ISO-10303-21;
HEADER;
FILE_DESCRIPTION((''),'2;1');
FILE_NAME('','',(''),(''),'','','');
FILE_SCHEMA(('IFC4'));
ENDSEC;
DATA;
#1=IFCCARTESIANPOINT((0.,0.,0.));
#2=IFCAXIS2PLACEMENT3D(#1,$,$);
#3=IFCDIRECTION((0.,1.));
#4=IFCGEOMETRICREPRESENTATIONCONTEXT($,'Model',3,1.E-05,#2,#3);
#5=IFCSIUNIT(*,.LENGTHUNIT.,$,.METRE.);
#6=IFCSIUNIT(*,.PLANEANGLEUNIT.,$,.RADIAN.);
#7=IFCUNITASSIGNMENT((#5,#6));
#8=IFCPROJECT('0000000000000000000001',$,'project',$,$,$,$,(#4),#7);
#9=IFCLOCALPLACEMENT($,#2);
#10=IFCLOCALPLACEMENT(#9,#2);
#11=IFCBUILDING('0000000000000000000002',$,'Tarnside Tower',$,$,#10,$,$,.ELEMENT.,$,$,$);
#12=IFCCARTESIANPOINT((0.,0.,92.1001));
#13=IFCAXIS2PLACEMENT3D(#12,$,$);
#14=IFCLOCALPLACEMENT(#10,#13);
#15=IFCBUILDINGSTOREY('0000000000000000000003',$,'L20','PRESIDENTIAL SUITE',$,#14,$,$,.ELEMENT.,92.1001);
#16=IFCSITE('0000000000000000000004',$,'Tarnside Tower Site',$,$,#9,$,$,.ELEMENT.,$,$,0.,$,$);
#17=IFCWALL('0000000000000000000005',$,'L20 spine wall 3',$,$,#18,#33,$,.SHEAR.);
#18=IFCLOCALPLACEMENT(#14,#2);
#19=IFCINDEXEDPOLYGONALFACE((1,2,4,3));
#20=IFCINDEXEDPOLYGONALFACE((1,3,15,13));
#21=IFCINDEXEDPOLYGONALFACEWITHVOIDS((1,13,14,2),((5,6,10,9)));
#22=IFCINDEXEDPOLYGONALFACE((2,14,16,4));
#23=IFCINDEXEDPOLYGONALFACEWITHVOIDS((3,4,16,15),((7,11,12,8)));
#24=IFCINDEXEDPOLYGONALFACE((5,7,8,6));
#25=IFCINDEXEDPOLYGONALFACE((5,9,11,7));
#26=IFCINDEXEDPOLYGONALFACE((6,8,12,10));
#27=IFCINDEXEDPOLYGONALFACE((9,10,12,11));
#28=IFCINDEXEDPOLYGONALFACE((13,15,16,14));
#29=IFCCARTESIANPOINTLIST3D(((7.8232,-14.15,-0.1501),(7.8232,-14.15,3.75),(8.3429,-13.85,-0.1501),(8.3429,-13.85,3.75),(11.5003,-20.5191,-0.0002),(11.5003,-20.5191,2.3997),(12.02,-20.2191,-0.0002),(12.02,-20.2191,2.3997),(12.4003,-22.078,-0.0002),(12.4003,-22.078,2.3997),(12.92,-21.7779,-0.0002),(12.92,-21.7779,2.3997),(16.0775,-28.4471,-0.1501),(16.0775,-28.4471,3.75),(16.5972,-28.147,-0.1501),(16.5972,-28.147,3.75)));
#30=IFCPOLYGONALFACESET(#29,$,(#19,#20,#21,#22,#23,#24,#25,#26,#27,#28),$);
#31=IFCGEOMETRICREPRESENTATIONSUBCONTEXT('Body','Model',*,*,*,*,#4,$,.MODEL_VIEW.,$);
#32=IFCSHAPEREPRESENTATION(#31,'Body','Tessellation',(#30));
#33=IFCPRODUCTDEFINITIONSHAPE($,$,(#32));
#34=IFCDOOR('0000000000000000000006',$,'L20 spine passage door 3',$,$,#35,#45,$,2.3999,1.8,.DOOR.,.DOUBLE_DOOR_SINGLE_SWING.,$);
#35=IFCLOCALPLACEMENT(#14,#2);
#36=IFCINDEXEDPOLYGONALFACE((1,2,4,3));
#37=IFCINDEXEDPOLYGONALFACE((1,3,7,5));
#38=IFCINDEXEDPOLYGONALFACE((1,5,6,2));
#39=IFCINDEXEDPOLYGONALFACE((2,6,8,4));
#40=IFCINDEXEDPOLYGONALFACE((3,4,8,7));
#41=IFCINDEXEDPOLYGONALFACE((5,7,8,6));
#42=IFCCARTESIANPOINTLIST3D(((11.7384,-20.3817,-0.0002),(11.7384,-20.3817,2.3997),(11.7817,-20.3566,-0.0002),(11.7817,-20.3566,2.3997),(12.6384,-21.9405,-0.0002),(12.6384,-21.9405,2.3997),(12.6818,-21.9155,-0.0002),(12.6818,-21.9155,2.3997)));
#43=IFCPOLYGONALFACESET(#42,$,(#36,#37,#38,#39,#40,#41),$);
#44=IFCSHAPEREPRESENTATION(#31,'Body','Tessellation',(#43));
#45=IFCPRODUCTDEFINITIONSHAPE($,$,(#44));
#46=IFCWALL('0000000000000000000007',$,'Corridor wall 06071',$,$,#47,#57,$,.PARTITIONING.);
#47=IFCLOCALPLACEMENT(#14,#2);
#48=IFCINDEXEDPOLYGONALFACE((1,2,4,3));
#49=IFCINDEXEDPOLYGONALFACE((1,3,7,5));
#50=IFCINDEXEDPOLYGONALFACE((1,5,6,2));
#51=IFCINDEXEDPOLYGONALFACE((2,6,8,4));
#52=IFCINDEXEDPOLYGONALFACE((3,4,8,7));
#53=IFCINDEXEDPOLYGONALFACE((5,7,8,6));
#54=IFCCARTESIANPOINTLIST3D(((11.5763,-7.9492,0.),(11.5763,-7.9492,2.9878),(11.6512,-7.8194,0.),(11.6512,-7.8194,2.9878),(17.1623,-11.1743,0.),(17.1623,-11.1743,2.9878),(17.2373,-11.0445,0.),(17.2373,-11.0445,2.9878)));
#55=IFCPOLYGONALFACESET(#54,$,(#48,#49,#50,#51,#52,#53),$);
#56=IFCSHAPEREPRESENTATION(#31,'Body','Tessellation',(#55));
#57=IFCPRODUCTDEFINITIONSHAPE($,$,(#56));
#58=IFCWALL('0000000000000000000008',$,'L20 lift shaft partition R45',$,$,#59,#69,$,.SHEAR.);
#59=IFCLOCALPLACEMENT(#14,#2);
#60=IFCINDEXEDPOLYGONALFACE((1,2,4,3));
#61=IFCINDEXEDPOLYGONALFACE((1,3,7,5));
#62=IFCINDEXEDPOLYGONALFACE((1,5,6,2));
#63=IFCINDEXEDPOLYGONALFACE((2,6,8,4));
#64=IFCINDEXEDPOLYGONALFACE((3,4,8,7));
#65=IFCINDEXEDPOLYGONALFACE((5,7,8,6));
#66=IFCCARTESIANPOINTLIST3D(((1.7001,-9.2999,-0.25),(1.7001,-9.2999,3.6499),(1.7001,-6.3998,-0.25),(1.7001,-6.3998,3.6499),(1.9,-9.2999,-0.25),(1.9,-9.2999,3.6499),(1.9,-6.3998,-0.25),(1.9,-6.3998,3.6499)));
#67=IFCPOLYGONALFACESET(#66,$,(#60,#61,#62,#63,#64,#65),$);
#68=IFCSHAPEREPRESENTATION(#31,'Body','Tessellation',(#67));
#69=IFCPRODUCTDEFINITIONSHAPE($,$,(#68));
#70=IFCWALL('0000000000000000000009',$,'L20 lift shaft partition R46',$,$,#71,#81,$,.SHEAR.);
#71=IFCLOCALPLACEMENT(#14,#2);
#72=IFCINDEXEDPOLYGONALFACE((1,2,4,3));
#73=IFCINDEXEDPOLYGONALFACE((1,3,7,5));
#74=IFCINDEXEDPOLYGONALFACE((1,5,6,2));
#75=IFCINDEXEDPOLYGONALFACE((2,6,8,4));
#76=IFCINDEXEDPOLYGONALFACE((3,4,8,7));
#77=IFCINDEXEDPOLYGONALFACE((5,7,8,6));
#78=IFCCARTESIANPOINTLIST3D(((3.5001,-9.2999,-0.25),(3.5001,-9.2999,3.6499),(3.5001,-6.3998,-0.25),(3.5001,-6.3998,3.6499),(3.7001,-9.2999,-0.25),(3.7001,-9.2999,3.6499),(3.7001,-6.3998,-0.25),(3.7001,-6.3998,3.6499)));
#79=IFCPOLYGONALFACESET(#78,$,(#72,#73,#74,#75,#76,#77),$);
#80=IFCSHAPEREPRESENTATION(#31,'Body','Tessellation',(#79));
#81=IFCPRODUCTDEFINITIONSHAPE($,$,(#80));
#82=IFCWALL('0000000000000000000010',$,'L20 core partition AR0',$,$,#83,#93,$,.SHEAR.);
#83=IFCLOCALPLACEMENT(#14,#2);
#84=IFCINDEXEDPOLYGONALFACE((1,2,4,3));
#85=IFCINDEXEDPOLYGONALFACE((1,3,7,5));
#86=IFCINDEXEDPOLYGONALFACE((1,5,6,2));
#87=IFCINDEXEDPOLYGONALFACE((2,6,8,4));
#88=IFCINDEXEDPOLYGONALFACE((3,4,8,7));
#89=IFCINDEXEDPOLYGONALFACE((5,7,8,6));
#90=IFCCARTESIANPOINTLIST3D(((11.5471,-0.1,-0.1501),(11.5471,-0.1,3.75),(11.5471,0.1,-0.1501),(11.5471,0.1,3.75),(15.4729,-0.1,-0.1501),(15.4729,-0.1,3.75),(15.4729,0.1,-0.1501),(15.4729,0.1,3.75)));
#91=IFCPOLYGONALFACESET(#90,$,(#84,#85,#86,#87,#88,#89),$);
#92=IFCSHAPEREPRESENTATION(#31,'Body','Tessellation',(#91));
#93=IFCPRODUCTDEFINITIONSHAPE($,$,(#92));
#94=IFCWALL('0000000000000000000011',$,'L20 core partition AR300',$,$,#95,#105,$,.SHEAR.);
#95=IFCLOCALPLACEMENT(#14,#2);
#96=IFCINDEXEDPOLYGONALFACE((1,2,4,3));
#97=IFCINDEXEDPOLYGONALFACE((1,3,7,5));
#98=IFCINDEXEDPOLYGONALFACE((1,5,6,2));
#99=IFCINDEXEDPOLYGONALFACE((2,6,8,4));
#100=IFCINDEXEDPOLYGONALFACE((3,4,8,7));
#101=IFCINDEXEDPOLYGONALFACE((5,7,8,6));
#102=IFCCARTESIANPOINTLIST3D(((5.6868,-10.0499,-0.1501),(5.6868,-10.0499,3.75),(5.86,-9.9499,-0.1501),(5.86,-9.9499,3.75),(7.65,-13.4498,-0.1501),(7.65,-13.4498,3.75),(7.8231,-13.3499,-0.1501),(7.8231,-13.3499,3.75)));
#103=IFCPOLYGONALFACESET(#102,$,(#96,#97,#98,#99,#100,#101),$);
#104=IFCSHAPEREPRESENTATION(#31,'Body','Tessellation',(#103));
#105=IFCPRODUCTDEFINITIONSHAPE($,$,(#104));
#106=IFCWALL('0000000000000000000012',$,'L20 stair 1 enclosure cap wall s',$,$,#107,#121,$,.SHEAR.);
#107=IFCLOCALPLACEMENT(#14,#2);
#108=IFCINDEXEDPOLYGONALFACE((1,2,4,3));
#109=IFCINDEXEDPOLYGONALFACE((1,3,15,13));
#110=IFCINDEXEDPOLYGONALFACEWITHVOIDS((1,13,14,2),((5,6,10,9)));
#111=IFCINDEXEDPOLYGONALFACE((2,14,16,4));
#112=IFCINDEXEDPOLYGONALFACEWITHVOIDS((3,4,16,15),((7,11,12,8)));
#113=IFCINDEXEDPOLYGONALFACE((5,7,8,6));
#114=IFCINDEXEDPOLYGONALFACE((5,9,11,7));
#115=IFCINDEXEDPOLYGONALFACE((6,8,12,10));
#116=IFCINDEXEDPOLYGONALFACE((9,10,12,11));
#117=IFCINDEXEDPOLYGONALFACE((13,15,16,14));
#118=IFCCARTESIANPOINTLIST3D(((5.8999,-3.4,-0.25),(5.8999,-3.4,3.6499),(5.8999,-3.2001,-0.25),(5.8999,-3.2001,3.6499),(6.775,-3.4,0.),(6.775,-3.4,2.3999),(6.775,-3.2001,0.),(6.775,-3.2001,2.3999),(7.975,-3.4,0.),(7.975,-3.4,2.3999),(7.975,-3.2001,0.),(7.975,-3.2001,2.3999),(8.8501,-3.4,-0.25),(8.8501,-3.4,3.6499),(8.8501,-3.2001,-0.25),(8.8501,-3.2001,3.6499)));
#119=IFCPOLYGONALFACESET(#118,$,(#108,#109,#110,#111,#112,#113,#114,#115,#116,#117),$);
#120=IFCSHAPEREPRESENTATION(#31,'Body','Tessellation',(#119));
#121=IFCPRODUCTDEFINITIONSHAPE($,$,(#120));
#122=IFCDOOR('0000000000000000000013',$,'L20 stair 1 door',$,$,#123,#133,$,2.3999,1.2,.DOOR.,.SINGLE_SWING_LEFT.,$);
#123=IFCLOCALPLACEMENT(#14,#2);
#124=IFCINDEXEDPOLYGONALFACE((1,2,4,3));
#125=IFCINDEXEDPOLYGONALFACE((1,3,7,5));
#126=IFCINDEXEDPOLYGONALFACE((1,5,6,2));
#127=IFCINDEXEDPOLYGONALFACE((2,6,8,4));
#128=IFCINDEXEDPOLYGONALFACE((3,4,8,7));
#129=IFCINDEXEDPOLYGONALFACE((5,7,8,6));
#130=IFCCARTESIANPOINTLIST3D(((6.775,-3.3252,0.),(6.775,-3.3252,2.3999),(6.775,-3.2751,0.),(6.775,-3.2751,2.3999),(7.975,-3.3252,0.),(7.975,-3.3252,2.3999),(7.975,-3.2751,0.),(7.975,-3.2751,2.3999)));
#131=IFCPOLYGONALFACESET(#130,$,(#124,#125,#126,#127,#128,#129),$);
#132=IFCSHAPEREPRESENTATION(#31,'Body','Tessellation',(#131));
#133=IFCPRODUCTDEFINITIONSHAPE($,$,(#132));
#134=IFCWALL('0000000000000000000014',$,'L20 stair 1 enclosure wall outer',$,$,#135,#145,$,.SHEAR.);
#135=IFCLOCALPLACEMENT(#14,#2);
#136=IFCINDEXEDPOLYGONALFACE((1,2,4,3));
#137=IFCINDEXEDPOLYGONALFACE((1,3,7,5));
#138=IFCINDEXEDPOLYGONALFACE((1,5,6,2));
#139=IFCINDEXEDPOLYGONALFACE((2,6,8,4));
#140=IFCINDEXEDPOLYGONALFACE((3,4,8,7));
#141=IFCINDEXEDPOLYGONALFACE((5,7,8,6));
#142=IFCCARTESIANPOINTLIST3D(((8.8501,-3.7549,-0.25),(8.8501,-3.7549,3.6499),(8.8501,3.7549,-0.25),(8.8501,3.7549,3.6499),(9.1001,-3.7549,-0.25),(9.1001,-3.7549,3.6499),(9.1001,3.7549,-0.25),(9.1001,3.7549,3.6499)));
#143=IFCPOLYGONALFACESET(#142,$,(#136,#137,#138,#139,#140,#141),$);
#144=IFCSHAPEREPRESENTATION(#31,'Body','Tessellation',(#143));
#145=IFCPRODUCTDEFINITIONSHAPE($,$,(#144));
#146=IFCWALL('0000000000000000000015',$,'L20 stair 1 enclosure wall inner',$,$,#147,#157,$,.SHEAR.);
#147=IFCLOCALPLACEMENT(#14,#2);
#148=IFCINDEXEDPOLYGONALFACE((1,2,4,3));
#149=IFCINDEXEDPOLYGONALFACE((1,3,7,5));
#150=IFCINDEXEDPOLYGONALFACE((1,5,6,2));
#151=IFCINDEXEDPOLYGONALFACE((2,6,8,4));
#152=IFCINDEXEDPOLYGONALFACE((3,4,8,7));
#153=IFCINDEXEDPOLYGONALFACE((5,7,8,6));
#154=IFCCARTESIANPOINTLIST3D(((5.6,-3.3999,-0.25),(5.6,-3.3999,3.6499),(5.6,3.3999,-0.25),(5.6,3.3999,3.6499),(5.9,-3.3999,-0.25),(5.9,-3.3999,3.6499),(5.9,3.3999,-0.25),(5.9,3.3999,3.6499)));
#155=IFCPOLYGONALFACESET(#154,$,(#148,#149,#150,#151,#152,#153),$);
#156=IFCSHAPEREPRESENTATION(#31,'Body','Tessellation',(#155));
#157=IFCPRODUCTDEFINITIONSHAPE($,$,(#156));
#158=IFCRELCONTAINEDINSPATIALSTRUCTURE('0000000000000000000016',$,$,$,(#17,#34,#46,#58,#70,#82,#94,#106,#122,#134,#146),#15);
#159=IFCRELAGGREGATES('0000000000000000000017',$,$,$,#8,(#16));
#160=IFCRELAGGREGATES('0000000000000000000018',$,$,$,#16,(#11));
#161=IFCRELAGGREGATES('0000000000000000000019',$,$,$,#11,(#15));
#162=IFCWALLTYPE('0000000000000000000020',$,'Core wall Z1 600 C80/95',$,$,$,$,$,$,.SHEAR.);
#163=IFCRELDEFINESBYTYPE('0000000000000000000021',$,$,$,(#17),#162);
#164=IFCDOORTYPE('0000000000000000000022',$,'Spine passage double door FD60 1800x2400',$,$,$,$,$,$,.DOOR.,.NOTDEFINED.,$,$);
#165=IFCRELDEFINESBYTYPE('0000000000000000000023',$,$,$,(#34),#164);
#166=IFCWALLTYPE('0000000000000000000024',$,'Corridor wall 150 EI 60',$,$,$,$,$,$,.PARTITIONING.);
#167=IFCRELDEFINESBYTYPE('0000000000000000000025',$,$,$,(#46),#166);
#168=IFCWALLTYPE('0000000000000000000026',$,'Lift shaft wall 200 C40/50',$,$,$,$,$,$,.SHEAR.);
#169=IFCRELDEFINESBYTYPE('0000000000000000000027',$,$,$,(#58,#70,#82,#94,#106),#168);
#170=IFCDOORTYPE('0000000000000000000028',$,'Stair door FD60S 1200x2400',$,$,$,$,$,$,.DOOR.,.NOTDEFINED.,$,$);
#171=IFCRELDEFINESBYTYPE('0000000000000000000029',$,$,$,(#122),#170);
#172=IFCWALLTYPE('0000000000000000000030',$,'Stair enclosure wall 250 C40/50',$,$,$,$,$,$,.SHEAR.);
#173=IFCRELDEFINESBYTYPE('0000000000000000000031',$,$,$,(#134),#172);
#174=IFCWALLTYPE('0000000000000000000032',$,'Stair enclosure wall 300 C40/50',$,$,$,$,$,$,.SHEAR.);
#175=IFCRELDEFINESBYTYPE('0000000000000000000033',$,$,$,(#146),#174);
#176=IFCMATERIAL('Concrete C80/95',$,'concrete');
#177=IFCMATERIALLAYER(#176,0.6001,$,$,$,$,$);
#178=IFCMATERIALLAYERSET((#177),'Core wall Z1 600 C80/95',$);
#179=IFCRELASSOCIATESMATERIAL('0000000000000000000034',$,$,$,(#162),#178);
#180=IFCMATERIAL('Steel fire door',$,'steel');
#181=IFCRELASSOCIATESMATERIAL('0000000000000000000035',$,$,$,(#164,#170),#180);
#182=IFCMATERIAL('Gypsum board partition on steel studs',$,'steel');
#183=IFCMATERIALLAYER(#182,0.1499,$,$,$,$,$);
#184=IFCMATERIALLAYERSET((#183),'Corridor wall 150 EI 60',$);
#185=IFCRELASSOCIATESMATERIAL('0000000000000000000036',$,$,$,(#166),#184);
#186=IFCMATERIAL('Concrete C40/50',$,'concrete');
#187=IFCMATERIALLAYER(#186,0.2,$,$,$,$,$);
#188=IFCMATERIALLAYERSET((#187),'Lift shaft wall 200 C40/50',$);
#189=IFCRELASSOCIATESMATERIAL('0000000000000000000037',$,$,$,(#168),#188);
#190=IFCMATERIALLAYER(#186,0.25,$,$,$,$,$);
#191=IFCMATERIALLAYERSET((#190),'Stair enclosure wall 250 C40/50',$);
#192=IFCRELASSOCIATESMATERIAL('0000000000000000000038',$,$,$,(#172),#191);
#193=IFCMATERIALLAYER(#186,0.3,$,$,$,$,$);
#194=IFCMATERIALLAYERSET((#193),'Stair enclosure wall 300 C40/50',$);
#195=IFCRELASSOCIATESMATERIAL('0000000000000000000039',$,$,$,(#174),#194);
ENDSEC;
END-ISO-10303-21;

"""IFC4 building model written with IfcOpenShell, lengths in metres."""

from ifc_helpers import new_model, si_unit, direction, frame, frame_2d, origin, place, context, subcontext, project, spatial, rectangle, extrude, material, layer, layer_set, type_object, element, fill, save


model = new_model("IFC4")

# Units and contexts
model_context = context("Model", 3, precision=1e-05, world=origin(), true_north=direction((0.0, 1.0)))
body_context = subcontext(model_context, "Body", "Model", "MODEL_VIEW")
ifc_project = project(units=[si_unit("LENGTHUNIT", "METRE"), si_unit("PLANEANGLEUNIT", "RADIAN")], contexts=[model_context])

# Site, building, storey
site_placement = place(None, origin())
site = spatial("IfcSite", under=ifc_project, at=site_placement, Name="Tarnside Tower Site", CompositionType="ELEMENT", RefElevation=0.0)
building_placement = place(site_placement, origin())
building = spatial("IfcBuilding", under=site, at=building_placement, Name="Tarnside Tower", CompositionType="ELEMENT")
storey_placement = place(building_placement, frame((0.0, 0.0, 92.1001)))
storey = spatial("IfcBuildingStorey", under=building, at=storey_placement, Name="L20", Description="PRESIDENTIAL SUITE", CompositionType="ELEMENT", Elevation=92.1001)

# Shared definitions
ifc_material_1 = material(Name="Concrete C40/50", Category="concrete")

# Wall, opening, door
ifc_material_2 = material(Name="Steel fire door", Category="steel")
ifc_material_3 = material(Name="Concrete C80/95", Category="concrete")
ifc_layer_1 = layer(ifc_material_3, 0.6001)
ifc_layer_set_1 = layer_set([ifc_layer_1], Name="Core wall Z1 600 C80/95")
wall_type_1 = type_object("IfcWallType", Name="Core wall Z1 600 C80/95", PredefinedType="SHEAR", material=ifc_layer_set_1)
wall_1_placement = place(storey_placement, frame((8.083, -14.0, -0.1501), z_axis=(0.0, 0.0, 1.0), x_axis=(0.499998, -0.866027, 0.0)))
wall_1 = element("IfcWall", 1, at=wall_1_placement, inside=storey, type_object=wall_type_1, Name="L20 spine wall 3", PredefinedType="SHEAR", context=body_context, shape_type="SweptSolid", body=[
    extrude(rectangle(XDim=16.5088, YDim=0.6001, at=frame_2d((8.2544, 0.0))), origin(), (0.0, 0.0, 1.0), 3.9001),
])
opening_1_placement = place(wall_1_placement, frame((7.3545, 0.0, 0.1499)))
opening_1 = element("IfcOpeningElement", 2, at=opening_1_placement, cuts=wall_1, PredefinedType="OPENING", context=body_context, shape_type="SweptSolid", body=[
    extrude(rectangle(XDim=1.8, YDim=2.3999, at=frame_2d((0.8999, 1.2))), frame((0.0, 0.3101, 0.0), z_axis=(0.0, -1.0, 0.0), x_axis=(1.0, 0.0, 0.0)), (0.0, 0.0, 1.0), 0.6201),
])
door_type_1 = type_object("IfcDoorType", Name="Spine passage double door FD60 1800x2400", OperationType="NOTDEFINED", PredefinedType="DOOR", material=ifc_material_2)
door_1_placement = place(opening_1_placement, origin())
door_1 = element("IfcDoor", 3, at=door_1_placement, inside=storey, type_object=door_type_1, Name="L20 spine passage door 3", OperationType="DOUBLE_DOOR_SINGLE_SWING", OverallHeight=2.3999, OverallWidth=1.8, PredefinedType="DOOR", context=body_context, shape_type="SweptSolid", body=[
    extrude(rectangle(XDim=1.8, YDim=2.3999, at=frame_2d((0.8999, 1.2))), frame((0.0, 0.0249, 0.0), z_axis=(0.0, -1.0, 0.0), x_axis=(1.0, 0.0, 0.0)), (0.0, 0.0, 1.0), 0.05),
])
fill(opening_1, door_1)

# Walls
ifc_material_4 = material(Name="Gypsum board partition on steel studs", Category="steel")
ifc_layer_2 = layer(ifc_material_4, 0.1499)
ifc_layer_set_2 = layer_set([ifc_layer_2], Name="Corridor wall 150 EI 60")
wall_type_2 = type_object("IfcWallType", Name="Corridor wall 150 EI 60", PredefinedType="PARTITIONING", material=ifc_layer_set_2)
wall_2_placement = place(storey_placement, frame((11.6138, -7.8843, 0.0), z_axis=(0.0, 0.0, 1.0), x_axis=(0.866022, -0.500006, 0.0)))
element("IfcWall", 4, at=wall_2_placement, inside=storey, type_object=wall_type_2, Name="Corridor wall 06071", PredefinedType="PARTITIONING", context=body_context, shape_type="SweptSolid", body=[
    extrude(rectangle(XDim=6.4502, YDim=0.1499, at=frame_2d((3.2251, 0.0))), origin(), (0.0, 0.0, 1.0), 2.9878),
])
ifc_layer_3 = layer(ifc_material_1, 0.2)
ifc_layer_set_3 = layer_set([ifc_layer_3], Name="Lift shaft wall 200 C40/50")
wall_type_3 = type_object("IfcWallType", Name="Lift shaft wall 200 C40/50", PredefinedType="SHEAR", material=ifc_layer_set_3)
for number, where, z_axis, x_axis, name in (
    (5, (1.8, -9.3, -0.25), (0.0, 0.0, 1.0), (0.0, 1.0, 0.0), "L20 lift shaft partition R45"),
    (6, (3.6001, -9.3, -0.25), (0.0, 0.0, 1.0), (0.0, 1.0, 0.0), "L20 lift shaft partition R46"),
):
    element("IfcWall", number, at=place(storey_placement, frame(where, z_axis=z_axis, x_axis=x_axis)), inside=storey, type_object=wall_type_3, Name=name, PredefinedType="SHEAR", context=body_context, shape_type="SweptSolid", body=[
        extrude(rectangle(XDim=2.9001, YDim=0.2, at=frame_2d((1.4502, 0.0))), origin(), (0.0, 0.0, 1.0), 3.8999),
    ])
wall_3_placement = place(storey_placement, frame((11.5471, 0.0, -0.1501), z_axis=(0.0, 0.0, 1.0), x_axis=(1.0, 0.0, 0.0)))
element("IfcWall", 7, at=wall_3_placement, inside=storey, type_object=wall_type_3, Name="L20 core partition AR0", PredefinedType="SHEAR", context=body_context, shape_type="SweptSolid", body=[
    extrude(rectangle(XDim=3.9258, YDim=0.2, at=frame_2d((1.9629, 0.0))), origin(), (0.0, 0.0, 1.0), 3.9001),
])
wall_4_placement = place(storey_placement, frame((5.7734, -10.0, -0.1501), z_axis=(0.0, 0.0, 1.0), x_axis=(0.500038, -0.866003, 0.0)))
element("IfcWall", 8, at=wall_4_placement, inside=storey, type_object=wall_type_3, Name="L20 core partition AR300", PredefinedType="SHEAR", context=body_context, shape_type="SweptSolid", body=[
    extrude(rectangle(XDim=3.926, YDim=0.2, at=frame_2d((1.9629, 0.0))), origin(), (0.0, 0.0, 1.0), 3.9001),
])

# Wall, opening, door
wall_5_placement = place(storey_placement, frame((5.8999, -3.3, -0.25), z_axis=(0.0, 0.0, 1.0), x_axis=(1.0, 0.0, 0.0)))
wall_5 = element("IfcWall", 9, at=wall_5_placement, inside=storey, type_object=wall_type_3, Name="L20 stair 1 enclosure cap wall s", PredefinedType="SHEAR", context=body_context, shape_type="SweptSolid", body=[
    extrude(rectangle(XDim=2.9502, YDim=0.2, at=frame_2d((1.4751, 0.0))), origin(), (0.0, 0.0, 1.0), 3.8999),
])
opening_2_placement = place(wall_5_placement, frame((0.875, 0.0, 0.25)))
opening_2 = element("IfcOpeningElement", 10, at=opening_2_placement, cuts=wall_5, PredefinedType="OPENING", context=body_context, shape_type="SweptSolid", body=[
    extrude(rectangle(XDim=1.2, YDim=2.3999, at=frame_2d((0.6001, 1.2))), frame((0.0, 0.1099, 0.0), z_axis=(0.0, -1.0, 0.0), x_axis=(1.0, 0.0, 0.0)), (0.0, 0.0, 1.0), 0.22),
])
door_type_2 = type_object("IfcDoorType", Name="Stair door FD60S 1200x2400", OperationType="NOTDEFINED", PredefinedType="DOOR", material=ifc_material_2)
door_2_placement = place(opening_2_placement, origin())
door_2 = element("IfcDoor", 11, at=door_2_placement, inside=storey, type_object=door_type_2, Name="L20 stair 1 door", OperationType="SINGLE_SWING_LEFT", OverallHeight=2.3999, OverallWidth=1.2, PredefinedType="DOOR", context=body_context, shape_type="SweptSolid", body=[
    extrude(rectangle(XDim=1.2, YDim=2.3999, at=frame_2d((0.6001, 1.2))), frame((0.0, 0.0249, 0.0), z_axis=(0.0, -1.0, 0.0), x_axis=(1.0, 0.0, 0.0)), (0.0, 0.0, 1.0), 0.05),
])
fill(opening_2, door_2)

# Walls
ifc_layer_4 = layer(ifc_material_1, 0.25)
ifc_layer_set_4 = layer_set([ifc_layer_4], Name="Stair enclosure wall 250 C40/50")
wall_type_4 = type_object("IfcWallType", Name="Stair enclosure wall 250 C40/50", PredefinedType="SHEAR", material=ifc_layer_set_4)
wall_6_placement = place(storey_placement, frame((8.9751, -3.7549, -0.25), z_axis=(0.0, 0.0, 1.0), x_axis=(0.0, 1.0, 0.0)))
element("IfcWall", 12, at=wall_6_placement, inside=storey, type_object=wall_type_4, Name="L20 stair 1 enclosure wall outer", PredefinedType="SHEAR", context=body_context, shape_type="SweptSolid", body=[
    extrude(rectangle(XDim=7.5098, YDim=0.25, at=frame_2d((3.7549, 0.0))), origin(), (0.0, 0.0, 1.0), 3.8999),
])
ifc_layer_5 = layer(ifc_material_1, 0.3)
ifc_layer_set_5 = layer_set([ifc_layer_5], Name="Stair enclosure wall 300 C40/50")
wall_type_5 = type_object("IfcWallType", Name="Stair enclosure wall 300 C40/50", PredefinedType="SHEAR", material=ifc_layer_set_5)
wall_7_placement = place(storey_placement, frame((5.75, -3.3999, -0.25), z_axis=(0.0, 0.0, 1.0), x_axis=(0.0, 1.0, 0.0)))
element("IfcWall", 13, at=wall_7_placement, inside=storey, type_object=wall_type_5, Name="L20 stair 1 enclosure wall inner", PredefinedType="SHEAR", context=body_context, shape_type="SweptSolid", body=[
    extrude(rectangle(XDim=6.7998, YDim=0.3, at=frame_2d((3.3999, 0.0))), origin(), (0.0, 0.0, 1.0), 3.8999),
])

save(model, "model.ifc")
